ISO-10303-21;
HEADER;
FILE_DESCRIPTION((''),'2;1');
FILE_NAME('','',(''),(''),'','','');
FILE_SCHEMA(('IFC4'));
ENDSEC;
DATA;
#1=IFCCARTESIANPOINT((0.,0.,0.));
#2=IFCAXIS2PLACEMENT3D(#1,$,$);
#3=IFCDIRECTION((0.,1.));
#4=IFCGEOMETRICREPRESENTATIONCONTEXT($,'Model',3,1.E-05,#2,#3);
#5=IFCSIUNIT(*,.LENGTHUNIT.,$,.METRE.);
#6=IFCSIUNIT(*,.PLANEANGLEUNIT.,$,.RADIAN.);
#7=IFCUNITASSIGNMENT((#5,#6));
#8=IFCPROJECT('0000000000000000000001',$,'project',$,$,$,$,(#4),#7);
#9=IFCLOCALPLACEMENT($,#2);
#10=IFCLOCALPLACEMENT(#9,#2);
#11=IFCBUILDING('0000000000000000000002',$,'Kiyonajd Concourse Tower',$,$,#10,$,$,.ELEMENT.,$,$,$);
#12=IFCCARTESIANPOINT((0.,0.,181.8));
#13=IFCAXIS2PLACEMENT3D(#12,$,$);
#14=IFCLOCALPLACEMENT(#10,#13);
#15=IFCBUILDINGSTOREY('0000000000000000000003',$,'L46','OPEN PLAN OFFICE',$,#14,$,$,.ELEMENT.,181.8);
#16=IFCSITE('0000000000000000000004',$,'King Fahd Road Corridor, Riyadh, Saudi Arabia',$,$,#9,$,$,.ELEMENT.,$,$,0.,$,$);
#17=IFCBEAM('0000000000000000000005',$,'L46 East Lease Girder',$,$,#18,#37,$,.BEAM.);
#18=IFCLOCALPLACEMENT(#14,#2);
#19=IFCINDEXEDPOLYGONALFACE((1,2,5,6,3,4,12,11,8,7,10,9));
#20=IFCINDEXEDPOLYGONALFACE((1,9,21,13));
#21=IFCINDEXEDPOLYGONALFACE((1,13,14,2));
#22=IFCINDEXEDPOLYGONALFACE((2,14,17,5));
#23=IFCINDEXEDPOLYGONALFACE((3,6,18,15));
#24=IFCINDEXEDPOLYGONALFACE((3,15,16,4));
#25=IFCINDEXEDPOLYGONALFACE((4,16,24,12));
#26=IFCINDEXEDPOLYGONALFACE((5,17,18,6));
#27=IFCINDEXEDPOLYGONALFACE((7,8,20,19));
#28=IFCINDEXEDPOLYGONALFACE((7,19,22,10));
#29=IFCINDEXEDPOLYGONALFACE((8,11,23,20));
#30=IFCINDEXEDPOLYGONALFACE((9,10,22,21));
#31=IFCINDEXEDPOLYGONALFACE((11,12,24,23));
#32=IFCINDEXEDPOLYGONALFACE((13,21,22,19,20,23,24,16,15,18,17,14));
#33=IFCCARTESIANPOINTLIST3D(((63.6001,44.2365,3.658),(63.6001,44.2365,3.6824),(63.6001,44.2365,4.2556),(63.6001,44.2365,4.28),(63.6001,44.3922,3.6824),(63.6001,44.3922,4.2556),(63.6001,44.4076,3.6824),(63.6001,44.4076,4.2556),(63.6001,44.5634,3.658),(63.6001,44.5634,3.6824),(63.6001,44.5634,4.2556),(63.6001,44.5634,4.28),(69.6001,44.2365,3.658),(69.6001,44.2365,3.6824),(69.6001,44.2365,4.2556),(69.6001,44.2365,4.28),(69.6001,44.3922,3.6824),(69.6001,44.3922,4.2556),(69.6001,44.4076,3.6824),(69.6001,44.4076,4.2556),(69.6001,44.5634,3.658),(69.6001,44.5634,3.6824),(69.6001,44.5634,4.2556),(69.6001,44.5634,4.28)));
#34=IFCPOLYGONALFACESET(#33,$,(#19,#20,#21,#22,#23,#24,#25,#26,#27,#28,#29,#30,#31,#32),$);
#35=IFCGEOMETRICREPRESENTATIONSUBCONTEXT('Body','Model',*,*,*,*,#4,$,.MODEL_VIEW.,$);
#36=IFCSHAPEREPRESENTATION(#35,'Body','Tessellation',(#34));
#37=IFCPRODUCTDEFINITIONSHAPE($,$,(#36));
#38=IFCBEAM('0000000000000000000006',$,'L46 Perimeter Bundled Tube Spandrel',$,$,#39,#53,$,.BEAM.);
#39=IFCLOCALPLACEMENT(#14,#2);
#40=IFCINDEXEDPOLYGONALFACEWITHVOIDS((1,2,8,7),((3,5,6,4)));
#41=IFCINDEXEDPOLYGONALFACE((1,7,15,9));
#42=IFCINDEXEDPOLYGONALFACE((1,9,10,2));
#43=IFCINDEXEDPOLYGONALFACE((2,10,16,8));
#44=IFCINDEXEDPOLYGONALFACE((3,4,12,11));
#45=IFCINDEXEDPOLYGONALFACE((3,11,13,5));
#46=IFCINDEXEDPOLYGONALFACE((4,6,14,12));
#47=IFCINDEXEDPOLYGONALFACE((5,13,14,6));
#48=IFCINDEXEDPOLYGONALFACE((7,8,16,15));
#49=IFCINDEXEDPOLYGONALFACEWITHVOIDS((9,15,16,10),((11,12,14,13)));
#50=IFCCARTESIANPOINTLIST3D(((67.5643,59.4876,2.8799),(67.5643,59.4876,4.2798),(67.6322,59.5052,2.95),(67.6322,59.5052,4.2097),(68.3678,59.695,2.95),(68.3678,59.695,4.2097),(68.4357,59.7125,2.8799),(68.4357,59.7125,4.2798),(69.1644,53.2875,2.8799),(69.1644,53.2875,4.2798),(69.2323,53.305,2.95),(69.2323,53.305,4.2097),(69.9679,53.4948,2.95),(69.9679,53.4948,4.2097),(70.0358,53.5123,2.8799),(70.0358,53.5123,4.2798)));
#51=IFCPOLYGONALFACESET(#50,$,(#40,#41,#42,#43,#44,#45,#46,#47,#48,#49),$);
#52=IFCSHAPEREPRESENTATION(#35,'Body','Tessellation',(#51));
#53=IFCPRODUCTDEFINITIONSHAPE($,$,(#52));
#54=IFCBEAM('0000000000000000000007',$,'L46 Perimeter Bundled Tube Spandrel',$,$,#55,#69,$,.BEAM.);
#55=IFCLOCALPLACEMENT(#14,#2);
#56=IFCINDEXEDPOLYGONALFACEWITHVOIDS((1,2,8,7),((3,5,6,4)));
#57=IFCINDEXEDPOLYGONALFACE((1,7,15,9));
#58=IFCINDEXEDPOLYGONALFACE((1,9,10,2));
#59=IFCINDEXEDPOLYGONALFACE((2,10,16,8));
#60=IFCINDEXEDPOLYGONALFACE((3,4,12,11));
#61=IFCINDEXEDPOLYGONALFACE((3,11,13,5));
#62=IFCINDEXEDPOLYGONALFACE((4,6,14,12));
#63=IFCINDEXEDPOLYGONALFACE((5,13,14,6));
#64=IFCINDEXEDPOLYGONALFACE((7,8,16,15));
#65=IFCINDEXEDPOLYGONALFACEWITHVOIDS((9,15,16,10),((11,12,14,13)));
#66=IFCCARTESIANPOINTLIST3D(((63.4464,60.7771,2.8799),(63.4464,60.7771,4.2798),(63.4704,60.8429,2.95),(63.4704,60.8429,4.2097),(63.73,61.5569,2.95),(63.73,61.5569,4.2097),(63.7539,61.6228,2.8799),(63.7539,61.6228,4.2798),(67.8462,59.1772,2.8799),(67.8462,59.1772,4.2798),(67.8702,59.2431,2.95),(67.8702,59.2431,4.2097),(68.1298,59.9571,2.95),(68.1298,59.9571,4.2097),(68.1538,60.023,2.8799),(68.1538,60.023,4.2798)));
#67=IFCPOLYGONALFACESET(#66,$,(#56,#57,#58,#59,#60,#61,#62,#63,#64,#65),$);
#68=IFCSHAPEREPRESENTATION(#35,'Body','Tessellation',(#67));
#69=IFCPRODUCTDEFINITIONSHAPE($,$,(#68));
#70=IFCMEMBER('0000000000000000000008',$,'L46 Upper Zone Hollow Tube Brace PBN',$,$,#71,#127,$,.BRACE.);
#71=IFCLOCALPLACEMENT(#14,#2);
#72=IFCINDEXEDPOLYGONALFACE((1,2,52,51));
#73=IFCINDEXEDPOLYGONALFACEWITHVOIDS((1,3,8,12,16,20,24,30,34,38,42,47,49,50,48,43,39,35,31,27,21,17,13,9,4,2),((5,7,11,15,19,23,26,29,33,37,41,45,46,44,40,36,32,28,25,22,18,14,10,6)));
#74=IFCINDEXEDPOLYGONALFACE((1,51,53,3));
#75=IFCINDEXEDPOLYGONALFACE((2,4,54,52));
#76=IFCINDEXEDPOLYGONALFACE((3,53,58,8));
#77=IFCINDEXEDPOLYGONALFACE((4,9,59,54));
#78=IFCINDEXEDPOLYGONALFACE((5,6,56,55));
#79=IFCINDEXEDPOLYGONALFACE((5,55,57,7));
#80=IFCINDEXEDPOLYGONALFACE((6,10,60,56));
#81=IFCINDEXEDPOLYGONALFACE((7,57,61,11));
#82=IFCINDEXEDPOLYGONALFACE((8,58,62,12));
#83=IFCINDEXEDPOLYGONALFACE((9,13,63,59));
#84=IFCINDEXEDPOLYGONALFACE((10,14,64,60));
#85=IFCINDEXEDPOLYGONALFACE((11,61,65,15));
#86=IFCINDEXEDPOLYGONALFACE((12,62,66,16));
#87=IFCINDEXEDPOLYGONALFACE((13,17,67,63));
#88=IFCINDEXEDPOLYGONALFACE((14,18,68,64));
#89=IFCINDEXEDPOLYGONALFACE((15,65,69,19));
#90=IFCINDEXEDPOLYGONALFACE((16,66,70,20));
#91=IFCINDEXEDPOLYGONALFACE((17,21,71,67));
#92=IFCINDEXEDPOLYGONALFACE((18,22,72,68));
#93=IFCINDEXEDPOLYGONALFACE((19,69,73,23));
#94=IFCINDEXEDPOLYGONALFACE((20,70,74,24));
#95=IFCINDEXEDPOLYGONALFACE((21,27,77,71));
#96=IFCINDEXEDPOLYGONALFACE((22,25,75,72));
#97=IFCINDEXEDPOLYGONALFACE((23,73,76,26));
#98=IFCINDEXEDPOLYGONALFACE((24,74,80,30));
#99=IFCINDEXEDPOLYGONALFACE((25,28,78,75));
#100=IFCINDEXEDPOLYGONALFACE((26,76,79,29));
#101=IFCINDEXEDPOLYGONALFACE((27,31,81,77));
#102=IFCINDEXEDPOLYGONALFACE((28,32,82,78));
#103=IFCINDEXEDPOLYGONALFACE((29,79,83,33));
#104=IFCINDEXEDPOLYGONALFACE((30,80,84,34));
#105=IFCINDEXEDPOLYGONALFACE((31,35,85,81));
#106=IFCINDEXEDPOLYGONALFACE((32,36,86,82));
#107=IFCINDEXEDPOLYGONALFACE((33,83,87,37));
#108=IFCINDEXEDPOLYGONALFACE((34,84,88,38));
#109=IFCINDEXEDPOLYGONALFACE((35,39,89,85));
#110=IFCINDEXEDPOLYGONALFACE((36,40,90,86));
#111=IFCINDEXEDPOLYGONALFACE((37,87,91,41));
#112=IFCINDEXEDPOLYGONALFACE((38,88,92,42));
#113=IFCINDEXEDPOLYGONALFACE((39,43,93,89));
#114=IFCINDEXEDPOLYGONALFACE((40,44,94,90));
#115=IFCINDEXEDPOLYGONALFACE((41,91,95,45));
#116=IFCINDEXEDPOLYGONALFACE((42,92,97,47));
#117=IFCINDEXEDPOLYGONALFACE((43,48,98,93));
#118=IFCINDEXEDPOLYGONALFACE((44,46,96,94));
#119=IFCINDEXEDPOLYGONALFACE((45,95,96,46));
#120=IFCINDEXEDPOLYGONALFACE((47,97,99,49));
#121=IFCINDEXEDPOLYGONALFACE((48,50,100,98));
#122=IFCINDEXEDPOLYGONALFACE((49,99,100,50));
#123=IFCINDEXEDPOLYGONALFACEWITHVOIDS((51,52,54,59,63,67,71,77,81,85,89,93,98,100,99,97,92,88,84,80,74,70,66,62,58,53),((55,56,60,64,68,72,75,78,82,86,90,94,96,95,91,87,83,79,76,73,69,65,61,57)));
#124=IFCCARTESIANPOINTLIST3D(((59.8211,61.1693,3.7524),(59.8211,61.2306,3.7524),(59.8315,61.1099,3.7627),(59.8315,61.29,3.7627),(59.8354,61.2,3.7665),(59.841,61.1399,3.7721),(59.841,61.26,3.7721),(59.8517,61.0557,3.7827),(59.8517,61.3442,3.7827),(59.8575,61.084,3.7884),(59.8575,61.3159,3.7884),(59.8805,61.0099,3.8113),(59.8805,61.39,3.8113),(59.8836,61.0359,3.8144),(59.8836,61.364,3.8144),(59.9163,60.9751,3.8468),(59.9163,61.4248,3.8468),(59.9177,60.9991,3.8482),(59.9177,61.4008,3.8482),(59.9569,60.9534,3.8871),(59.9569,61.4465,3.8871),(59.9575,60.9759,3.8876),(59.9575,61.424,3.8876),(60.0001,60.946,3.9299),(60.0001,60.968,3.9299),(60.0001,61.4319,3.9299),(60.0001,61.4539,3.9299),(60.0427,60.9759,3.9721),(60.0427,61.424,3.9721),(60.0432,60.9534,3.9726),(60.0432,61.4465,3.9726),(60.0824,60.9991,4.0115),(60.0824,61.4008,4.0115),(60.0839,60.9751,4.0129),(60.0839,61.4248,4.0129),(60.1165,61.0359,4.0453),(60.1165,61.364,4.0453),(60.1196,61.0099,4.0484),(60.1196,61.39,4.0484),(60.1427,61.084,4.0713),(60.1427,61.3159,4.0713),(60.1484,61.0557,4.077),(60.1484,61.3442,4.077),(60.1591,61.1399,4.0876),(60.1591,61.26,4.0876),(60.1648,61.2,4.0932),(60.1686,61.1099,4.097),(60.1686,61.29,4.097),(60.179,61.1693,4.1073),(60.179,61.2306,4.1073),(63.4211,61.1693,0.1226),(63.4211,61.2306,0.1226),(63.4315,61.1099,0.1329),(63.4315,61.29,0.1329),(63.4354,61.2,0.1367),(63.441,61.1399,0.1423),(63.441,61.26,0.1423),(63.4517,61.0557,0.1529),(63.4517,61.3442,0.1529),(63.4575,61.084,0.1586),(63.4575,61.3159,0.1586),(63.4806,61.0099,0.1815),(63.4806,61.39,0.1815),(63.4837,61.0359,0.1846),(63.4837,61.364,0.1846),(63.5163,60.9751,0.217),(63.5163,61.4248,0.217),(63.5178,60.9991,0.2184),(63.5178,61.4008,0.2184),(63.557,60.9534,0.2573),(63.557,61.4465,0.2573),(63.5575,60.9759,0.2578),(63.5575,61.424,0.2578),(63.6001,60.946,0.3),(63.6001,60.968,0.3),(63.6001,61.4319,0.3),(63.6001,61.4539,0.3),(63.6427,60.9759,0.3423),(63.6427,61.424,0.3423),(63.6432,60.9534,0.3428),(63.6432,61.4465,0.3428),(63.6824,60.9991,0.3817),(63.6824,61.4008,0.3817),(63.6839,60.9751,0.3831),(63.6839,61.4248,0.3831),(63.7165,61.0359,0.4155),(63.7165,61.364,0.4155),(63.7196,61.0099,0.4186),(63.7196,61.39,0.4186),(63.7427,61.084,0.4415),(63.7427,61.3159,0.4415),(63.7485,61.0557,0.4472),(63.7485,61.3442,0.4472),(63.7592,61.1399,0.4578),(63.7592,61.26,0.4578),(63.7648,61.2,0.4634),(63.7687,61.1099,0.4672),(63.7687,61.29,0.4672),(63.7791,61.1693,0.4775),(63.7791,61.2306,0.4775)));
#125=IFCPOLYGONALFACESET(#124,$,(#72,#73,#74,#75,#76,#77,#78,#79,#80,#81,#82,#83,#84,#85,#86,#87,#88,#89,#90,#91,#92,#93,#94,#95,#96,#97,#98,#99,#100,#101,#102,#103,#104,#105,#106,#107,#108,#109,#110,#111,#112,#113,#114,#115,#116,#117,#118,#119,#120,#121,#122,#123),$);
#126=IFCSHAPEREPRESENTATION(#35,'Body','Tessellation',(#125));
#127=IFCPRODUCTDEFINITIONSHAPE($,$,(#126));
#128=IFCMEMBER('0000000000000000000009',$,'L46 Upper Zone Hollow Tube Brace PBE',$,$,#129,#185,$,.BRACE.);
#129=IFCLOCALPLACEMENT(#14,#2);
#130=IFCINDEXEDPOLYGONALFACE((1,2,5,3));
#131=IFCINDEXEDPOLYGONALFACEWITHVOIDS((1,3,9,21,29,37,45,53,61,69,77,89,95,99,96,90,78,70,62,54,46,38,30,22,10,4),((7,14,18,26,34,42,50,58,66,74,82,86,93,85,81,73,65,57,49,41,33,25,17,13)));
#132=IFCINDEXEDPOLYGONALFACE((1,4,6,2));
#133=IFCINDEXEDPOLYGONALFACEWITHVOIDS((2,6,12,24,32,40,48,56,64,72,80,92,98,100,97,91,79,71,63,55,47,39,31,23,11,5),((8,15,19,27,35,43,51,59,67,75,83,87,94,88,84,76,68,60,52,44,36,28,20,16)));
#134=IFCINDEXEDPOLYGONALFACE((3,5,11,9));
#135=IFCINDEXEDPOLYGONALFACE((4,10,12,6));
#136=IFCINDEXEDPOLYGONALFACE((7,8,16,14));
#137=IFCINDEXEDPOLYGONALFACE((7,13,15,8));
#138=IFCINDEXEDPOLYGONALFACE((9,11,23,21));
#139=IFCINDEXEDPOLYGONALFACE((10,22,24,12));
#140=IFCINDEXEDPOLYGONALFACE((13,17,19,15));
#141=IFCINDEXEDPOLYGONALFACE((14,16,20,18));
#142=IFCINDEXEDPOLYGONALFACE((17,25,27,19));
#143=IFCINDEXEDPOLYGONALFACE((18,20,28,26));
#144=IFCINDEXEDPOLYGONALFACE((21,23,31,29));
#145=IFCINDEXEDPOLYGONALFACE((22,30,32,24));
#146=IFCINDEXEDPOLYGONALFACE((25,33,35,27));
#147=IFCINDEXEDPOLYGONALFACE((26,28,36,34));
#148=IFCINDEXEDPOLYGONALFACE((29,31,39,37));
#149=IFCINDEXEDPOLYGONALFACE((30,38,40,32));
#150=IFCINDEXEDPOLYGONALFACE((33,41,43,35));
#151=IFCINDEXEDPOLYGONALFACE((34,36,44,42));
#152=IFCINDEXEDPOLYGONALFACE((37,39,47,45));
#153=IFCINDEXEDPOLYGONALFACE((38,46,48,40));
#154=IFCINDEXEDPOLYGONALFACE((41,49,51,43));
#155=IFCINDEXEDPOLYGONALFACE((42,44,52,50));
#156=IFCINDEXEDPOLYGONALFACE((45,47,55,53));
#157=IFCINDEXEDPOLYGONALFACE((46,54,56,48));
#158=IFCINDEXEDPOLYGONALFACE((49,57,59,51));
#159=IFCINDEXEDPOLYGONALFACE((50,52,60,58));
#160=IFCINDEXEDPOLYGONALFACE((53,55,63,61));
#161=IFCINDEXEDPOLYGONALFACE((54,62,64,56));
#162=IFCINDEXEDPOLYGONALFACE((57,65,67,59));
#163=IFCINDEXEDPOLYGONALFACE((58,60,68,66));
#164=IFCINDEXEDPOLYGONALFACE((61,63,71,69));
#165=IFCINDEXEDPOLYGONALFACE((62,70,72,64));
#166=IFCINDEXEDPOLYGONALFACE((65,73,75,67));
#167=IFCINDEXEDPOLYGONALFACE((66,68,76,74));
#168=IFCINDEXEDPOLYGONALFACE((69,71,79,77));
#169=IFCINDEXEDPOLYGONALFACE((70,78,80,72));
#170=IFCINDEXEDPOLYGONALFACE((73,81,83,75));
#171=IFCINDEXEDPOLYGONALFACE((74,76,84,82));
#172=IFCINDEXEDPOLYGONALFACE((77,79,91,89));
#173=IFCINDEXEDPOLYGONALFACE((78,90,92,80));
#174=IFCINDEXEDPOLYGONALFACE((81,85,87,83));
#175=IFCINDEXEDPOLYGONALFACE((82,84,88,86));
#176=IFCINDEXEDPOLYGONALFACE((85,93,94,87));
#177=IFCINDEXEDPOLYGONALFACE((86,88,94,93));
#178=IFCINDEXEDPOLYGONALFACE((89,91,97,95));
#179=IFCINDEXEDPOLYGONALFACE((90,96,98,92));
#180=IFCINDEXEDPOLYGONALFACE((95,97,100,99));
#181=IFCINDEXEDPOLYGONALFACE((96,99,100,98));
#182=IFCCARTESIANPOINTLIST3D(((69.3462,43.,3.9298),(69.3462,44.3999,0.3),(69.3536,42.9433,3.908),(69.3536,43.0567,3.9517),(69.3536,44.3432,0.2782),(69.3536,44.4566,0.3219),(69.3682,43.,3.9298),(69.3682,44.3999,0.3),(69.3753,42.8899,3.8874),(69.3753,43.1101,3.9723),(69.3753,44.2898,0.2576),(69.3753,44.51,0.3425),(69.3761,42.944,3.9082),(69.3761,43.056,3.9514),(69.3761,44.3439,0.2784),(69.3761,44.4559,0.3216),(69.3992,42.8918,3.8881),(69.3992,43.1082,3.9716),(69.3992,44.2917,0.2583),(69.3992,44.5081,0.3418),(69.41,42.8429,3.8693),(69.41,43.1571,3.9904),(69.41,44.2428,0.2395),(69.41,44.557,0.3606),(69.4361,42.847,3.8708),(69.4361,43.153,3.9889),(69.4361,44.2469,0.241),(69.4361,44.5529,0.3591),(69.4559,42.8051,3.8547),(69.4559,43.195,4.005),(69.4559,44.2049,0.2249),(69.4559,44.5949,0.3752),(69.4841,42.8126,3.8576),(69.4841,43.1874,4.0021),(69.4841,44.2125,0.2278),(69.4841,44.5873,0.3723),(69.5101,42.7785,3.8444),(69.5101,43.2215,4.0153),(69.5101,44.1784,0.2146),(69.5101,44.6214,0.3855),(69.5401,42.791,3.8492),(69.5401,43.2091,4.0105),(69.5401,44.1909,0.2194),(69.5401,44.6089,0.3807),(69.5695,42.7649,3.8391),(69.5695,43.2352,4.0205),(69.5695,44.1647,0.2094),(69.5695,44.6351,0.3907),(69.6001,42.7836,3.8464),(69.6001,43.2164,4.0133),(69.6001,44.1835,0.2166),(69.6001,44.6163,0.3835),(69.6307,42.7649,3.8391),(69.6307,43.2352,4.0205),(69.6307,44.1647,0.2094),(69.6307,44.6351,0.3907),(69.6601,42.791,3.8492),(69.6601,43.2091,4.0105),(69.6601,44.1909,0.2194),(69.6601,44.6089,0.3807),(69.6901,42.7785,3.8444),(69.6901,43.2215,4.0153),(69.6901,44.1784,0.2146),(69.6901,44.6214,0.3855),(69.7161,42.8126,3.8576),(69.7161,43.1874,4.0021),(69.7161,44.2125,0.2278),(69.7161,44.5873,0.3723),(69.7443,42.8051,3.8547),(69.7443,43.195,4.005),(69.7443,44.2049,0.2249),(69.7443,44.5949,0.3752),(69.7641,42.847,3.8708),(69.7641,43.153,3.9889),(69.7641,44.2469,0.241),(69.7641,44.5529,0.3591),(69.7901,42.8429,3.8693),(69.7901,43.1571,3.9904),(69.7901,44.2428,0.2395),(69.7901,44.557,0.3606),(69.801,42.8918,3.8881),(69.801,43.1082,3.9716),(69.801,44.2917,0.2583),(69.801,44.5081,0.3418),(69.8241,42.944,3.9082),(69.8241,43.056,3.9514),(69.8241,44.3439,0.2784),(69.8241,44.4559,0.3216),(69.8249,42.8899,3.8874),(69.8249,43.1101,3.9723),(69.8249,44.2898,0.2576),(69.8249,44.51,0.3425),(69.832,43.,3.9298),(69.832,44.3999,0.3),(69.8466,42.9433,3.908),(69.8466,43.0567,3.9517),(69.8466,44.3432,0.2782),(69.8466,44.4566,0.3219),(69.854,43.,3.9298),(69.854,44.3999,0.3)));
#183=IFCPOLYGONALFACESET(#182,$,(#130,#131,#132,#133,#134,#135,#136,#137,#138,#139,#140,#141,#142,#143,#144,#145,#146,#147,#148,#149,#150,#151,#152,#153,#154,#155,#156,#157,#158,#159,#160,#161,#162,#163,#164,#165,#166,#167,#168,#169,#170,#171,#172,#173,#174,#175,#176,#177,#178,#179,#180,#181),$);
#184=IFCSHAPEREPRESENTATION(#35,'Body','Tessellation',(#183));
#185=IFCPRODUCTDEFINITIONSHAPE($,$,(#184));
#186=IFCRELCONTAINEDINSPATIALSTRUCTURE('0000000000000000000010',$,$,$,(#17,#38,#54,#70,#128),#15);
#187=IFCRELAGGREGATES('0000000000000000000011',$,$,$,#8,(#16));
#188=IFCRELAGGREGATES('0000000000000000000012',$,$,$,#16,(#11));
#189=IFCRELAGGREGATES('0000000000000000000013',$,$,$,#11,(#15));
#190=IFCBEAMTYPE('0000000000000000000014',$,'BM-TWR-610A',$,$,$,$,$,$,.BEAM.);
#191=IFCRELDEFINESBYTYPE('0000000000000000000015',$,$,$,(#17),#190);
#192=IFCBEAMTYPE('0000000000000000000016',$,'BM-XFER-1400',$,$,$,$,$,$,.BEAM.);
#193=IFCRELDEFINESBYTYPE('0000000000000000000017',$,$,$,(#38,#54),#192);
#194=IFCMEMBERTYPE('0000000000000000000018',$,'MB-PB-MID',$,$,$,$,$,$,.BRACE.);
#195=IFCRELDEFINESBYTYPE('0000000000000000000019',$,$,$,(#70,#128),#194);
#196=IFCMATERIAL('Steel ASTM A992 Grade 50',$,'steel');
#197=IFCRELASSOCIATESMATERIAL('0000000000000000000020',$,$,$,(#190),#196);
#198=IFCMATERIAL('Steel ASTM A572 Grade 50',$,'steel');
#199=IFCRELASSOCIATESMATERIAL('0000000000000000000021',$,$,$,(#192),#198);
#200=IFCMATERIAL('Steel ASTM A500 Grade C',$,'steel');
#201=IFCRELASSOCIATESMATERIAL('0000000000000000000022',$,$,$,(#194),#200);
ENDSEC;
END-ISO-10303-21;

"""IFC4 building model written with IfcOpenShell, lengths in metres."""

from ifc_helpers import new_model, si_unit, direction, frame, origin, origin_2d, place, context, subcontext, project, spatial, hollow_rectangle, hollow_circle, i_section, extrude, material, material_profile, profile_set, type_object, element, save


model = new_model("IFC4")

# Units and contexts
model_context = context("Model", 3, precision=1e-05, world=origin(), true_north=direction((0.0, 1.0)))
body_context = subcontext(model_context, "Body", "Model", "MODEL_VIEW")
ifc_project = project(units=[si_unit("LENGTHUNIT", "METRE"), si_unit("PLANEANGLEUNIT", "RADIAN")], contexts=[model_context])

# Site, building, storey
site_placement = place(None, origin())
site = spatial("IfcSite", under=ifc_project, at=site_placement, Name="King Fahd Road Corridor, Riyadh, Saudi Arabia", CompositionType="ELEMENT", RefElevation=0.0)
building_placement = place(site_placement, origin())
building = spatial("IfcBuilding", under=site, at=building_placement, Name="Kiyonajd Concourse Tower", CompositionType="ELEMENT")
storey_placement = place(building_placement, frame((0.0, 0.0, 181.8)))
storey = spatial("IfcBuildingStorey", under=building, at=storey_placement, Name="L46", Description="OPEN PLAN OFFICE", CompositionType="ELEMENT", Elevation=181.8)

# Beams
ifc_material_1 = material(Name="Steel ASTM A992 Grade 50", Category="steel")
ifc_material_profile_1 = material_profile(ifc_material_1, i_section(OverallWidth=0.3269, OverallDepth=0.6221, WebThickness=0.0154, FlangeThickness=0.0244, at=origin_2d()), Name="W610X195")
ifc_profile_set_1 = profile_set([ifc_material_profile_1], Name="Steel ASTM A992 Grade 50")
beam_type_1 = type_object("IfcBeamType", Name="BM-TWR-610A", PredefinedType="BEAM", material=ifc_profile_set_1)
beam_1_placement = place(storey_placement, frame((63.6001, 44.3999, 3.969), z_axis=(1.0, 0.0, 0.0), x_axis=(0.0, 1.0, 0.0)))
element("IfcBeam", 1, at=beam_1_placement, inside=storey, type_object=beam_type_1, Name="L46 East Lease Girder", PredefinedType="BEAM", context=body_context, shape_type="SweptSolid", body=[
    extrude(i_section(OverallWidth=0.3269, OverallDepth=0.6221, WebThickness=0.0154, FlangeThickness=0.0244, at=origin_2d()), origin(), (0.0, 0.0, 1.0), 6.0),
])
ifc_material_2 = material(Name="Steel ASTM A572 Grade 50", Category="steel")
ifc_material_profile_2 = material_profile(ifc_material_2, hollow_rectangle(XDim=0.8999, YDim=1.3999, WallThickness=0.0701, at=origin_2d()), Name="BOX-1400x900x70")
ifc_profile_set_2 = profile_set([ifc_material_profile_2], Name="Steel ASTM A572 Grade 50")
beam_type_2 = type_object("IfcBeamType", Name="BM-XFER-1400", PredefinedType="BEAM", material=ifc_profile_set_2)
beam_2_placement = place(storey_placement, frame((69.6001, 53.3999, 3.5798), z_axis=(-0.249885, 0.968276, 0.0), x_axis=(-0.968276, -0.249885, 0.0)))
element("IfcBeam", 2, at=beam_2_placement, inside=storey, type_object=beam_type_2, Name="L46 Perimeter Bundled Tube Spandrel", PredefinedType="BEAM", context=body_context, shape_type="SweptSolid", body=[
    extrude(hollow_rectangle(XDim=0.8999, YDim=1.3999, WallThickness=0.0701, at=origin_2d()), origin(), (0.0, 0.0, 1.0), 6.4033),
])
beam_3_placement = place(storey_placement, frame((68.0, 59.6001, 3.5798), z_axis=(-0.939801, 0.341722, 0.0), x_axis=(-0.341722, -0.939801, 0.0)))
element("IfcBeam", 3, at=beam_3_placement, inside=storey, type_object=beam_type_2, Name="L46 Perimeter Bundled Tube Spandrel", PredefinedType="BEAM", context=body_context, shape_type="SweptSolid", body=[
    extrude(hollow_rectangle(XDim=0.8999, YDim=1.3999, WallThickness=0.0701, at=origin_2d()), origin(), (0.0, 0.0, 1.0), 4.6816),
])

# Members
ifc_material_3 = material(Name="Steel ASTM A500 Grade C", Category="steel")
ifc_material_profile_3 = material_profile(ifc_material_3, hollow_circle(Radius=0.2539, WallThickness=0.022, at=origin_2d()), Name="CHS-508x22")
ifc_profile_set_3 = profile_set([ifc_material_profile_3], Name="Steel ASTM A500 Grade C")
member_type = type_object("IfcMemberType", Name="MB-PB-MID", PredefinedType="BRACE", material=ifc_profile_set_3)
member_1_placement = place(storey_placement, frame((63.6001, 61.2, 0.3), z_axis=(-0.704188, 0.0, 0.710014), x_axis=(0.0, -1.0, 0.0)))
element("IfcMember", 4, at=member_1_placement, inside=storey, type_object=member_type, Name="L46 Upper Zone Hollow Tube Brace PBN", PredefinedType="BRACE", context=body_context, shape_type="SweptSolid", body=[
    extrude(hollow_circle(Radius=0.2539, WallThickness=0.022, at=origin_2d()), origin(), (0.0, 0.0, 1.0), 5.1123),
])
member_2_placement = place(storey_placement, frame((69.6001, 44.3999, 0.3), z_axis=(0.0, -0.359828, 0.933019), x_axis=(1.0, 0.0, 0.0)))
element("IfcMember", 5, at=member_2_placement, inside=storey, type_object=member_type, Name="L46 Upper Zone Hollow Tube Brace PBE", PredefinedType="BRACE", context=body_context, shape_type="SweptSolid", body=[
    extrude(hollow_circle(Radius=0.2539, WallThickness=0.022, at=origin_2d()), origin(), (0.0, 0.0, 1.0), 3.8904),
])

save(model, "model.ifc")
